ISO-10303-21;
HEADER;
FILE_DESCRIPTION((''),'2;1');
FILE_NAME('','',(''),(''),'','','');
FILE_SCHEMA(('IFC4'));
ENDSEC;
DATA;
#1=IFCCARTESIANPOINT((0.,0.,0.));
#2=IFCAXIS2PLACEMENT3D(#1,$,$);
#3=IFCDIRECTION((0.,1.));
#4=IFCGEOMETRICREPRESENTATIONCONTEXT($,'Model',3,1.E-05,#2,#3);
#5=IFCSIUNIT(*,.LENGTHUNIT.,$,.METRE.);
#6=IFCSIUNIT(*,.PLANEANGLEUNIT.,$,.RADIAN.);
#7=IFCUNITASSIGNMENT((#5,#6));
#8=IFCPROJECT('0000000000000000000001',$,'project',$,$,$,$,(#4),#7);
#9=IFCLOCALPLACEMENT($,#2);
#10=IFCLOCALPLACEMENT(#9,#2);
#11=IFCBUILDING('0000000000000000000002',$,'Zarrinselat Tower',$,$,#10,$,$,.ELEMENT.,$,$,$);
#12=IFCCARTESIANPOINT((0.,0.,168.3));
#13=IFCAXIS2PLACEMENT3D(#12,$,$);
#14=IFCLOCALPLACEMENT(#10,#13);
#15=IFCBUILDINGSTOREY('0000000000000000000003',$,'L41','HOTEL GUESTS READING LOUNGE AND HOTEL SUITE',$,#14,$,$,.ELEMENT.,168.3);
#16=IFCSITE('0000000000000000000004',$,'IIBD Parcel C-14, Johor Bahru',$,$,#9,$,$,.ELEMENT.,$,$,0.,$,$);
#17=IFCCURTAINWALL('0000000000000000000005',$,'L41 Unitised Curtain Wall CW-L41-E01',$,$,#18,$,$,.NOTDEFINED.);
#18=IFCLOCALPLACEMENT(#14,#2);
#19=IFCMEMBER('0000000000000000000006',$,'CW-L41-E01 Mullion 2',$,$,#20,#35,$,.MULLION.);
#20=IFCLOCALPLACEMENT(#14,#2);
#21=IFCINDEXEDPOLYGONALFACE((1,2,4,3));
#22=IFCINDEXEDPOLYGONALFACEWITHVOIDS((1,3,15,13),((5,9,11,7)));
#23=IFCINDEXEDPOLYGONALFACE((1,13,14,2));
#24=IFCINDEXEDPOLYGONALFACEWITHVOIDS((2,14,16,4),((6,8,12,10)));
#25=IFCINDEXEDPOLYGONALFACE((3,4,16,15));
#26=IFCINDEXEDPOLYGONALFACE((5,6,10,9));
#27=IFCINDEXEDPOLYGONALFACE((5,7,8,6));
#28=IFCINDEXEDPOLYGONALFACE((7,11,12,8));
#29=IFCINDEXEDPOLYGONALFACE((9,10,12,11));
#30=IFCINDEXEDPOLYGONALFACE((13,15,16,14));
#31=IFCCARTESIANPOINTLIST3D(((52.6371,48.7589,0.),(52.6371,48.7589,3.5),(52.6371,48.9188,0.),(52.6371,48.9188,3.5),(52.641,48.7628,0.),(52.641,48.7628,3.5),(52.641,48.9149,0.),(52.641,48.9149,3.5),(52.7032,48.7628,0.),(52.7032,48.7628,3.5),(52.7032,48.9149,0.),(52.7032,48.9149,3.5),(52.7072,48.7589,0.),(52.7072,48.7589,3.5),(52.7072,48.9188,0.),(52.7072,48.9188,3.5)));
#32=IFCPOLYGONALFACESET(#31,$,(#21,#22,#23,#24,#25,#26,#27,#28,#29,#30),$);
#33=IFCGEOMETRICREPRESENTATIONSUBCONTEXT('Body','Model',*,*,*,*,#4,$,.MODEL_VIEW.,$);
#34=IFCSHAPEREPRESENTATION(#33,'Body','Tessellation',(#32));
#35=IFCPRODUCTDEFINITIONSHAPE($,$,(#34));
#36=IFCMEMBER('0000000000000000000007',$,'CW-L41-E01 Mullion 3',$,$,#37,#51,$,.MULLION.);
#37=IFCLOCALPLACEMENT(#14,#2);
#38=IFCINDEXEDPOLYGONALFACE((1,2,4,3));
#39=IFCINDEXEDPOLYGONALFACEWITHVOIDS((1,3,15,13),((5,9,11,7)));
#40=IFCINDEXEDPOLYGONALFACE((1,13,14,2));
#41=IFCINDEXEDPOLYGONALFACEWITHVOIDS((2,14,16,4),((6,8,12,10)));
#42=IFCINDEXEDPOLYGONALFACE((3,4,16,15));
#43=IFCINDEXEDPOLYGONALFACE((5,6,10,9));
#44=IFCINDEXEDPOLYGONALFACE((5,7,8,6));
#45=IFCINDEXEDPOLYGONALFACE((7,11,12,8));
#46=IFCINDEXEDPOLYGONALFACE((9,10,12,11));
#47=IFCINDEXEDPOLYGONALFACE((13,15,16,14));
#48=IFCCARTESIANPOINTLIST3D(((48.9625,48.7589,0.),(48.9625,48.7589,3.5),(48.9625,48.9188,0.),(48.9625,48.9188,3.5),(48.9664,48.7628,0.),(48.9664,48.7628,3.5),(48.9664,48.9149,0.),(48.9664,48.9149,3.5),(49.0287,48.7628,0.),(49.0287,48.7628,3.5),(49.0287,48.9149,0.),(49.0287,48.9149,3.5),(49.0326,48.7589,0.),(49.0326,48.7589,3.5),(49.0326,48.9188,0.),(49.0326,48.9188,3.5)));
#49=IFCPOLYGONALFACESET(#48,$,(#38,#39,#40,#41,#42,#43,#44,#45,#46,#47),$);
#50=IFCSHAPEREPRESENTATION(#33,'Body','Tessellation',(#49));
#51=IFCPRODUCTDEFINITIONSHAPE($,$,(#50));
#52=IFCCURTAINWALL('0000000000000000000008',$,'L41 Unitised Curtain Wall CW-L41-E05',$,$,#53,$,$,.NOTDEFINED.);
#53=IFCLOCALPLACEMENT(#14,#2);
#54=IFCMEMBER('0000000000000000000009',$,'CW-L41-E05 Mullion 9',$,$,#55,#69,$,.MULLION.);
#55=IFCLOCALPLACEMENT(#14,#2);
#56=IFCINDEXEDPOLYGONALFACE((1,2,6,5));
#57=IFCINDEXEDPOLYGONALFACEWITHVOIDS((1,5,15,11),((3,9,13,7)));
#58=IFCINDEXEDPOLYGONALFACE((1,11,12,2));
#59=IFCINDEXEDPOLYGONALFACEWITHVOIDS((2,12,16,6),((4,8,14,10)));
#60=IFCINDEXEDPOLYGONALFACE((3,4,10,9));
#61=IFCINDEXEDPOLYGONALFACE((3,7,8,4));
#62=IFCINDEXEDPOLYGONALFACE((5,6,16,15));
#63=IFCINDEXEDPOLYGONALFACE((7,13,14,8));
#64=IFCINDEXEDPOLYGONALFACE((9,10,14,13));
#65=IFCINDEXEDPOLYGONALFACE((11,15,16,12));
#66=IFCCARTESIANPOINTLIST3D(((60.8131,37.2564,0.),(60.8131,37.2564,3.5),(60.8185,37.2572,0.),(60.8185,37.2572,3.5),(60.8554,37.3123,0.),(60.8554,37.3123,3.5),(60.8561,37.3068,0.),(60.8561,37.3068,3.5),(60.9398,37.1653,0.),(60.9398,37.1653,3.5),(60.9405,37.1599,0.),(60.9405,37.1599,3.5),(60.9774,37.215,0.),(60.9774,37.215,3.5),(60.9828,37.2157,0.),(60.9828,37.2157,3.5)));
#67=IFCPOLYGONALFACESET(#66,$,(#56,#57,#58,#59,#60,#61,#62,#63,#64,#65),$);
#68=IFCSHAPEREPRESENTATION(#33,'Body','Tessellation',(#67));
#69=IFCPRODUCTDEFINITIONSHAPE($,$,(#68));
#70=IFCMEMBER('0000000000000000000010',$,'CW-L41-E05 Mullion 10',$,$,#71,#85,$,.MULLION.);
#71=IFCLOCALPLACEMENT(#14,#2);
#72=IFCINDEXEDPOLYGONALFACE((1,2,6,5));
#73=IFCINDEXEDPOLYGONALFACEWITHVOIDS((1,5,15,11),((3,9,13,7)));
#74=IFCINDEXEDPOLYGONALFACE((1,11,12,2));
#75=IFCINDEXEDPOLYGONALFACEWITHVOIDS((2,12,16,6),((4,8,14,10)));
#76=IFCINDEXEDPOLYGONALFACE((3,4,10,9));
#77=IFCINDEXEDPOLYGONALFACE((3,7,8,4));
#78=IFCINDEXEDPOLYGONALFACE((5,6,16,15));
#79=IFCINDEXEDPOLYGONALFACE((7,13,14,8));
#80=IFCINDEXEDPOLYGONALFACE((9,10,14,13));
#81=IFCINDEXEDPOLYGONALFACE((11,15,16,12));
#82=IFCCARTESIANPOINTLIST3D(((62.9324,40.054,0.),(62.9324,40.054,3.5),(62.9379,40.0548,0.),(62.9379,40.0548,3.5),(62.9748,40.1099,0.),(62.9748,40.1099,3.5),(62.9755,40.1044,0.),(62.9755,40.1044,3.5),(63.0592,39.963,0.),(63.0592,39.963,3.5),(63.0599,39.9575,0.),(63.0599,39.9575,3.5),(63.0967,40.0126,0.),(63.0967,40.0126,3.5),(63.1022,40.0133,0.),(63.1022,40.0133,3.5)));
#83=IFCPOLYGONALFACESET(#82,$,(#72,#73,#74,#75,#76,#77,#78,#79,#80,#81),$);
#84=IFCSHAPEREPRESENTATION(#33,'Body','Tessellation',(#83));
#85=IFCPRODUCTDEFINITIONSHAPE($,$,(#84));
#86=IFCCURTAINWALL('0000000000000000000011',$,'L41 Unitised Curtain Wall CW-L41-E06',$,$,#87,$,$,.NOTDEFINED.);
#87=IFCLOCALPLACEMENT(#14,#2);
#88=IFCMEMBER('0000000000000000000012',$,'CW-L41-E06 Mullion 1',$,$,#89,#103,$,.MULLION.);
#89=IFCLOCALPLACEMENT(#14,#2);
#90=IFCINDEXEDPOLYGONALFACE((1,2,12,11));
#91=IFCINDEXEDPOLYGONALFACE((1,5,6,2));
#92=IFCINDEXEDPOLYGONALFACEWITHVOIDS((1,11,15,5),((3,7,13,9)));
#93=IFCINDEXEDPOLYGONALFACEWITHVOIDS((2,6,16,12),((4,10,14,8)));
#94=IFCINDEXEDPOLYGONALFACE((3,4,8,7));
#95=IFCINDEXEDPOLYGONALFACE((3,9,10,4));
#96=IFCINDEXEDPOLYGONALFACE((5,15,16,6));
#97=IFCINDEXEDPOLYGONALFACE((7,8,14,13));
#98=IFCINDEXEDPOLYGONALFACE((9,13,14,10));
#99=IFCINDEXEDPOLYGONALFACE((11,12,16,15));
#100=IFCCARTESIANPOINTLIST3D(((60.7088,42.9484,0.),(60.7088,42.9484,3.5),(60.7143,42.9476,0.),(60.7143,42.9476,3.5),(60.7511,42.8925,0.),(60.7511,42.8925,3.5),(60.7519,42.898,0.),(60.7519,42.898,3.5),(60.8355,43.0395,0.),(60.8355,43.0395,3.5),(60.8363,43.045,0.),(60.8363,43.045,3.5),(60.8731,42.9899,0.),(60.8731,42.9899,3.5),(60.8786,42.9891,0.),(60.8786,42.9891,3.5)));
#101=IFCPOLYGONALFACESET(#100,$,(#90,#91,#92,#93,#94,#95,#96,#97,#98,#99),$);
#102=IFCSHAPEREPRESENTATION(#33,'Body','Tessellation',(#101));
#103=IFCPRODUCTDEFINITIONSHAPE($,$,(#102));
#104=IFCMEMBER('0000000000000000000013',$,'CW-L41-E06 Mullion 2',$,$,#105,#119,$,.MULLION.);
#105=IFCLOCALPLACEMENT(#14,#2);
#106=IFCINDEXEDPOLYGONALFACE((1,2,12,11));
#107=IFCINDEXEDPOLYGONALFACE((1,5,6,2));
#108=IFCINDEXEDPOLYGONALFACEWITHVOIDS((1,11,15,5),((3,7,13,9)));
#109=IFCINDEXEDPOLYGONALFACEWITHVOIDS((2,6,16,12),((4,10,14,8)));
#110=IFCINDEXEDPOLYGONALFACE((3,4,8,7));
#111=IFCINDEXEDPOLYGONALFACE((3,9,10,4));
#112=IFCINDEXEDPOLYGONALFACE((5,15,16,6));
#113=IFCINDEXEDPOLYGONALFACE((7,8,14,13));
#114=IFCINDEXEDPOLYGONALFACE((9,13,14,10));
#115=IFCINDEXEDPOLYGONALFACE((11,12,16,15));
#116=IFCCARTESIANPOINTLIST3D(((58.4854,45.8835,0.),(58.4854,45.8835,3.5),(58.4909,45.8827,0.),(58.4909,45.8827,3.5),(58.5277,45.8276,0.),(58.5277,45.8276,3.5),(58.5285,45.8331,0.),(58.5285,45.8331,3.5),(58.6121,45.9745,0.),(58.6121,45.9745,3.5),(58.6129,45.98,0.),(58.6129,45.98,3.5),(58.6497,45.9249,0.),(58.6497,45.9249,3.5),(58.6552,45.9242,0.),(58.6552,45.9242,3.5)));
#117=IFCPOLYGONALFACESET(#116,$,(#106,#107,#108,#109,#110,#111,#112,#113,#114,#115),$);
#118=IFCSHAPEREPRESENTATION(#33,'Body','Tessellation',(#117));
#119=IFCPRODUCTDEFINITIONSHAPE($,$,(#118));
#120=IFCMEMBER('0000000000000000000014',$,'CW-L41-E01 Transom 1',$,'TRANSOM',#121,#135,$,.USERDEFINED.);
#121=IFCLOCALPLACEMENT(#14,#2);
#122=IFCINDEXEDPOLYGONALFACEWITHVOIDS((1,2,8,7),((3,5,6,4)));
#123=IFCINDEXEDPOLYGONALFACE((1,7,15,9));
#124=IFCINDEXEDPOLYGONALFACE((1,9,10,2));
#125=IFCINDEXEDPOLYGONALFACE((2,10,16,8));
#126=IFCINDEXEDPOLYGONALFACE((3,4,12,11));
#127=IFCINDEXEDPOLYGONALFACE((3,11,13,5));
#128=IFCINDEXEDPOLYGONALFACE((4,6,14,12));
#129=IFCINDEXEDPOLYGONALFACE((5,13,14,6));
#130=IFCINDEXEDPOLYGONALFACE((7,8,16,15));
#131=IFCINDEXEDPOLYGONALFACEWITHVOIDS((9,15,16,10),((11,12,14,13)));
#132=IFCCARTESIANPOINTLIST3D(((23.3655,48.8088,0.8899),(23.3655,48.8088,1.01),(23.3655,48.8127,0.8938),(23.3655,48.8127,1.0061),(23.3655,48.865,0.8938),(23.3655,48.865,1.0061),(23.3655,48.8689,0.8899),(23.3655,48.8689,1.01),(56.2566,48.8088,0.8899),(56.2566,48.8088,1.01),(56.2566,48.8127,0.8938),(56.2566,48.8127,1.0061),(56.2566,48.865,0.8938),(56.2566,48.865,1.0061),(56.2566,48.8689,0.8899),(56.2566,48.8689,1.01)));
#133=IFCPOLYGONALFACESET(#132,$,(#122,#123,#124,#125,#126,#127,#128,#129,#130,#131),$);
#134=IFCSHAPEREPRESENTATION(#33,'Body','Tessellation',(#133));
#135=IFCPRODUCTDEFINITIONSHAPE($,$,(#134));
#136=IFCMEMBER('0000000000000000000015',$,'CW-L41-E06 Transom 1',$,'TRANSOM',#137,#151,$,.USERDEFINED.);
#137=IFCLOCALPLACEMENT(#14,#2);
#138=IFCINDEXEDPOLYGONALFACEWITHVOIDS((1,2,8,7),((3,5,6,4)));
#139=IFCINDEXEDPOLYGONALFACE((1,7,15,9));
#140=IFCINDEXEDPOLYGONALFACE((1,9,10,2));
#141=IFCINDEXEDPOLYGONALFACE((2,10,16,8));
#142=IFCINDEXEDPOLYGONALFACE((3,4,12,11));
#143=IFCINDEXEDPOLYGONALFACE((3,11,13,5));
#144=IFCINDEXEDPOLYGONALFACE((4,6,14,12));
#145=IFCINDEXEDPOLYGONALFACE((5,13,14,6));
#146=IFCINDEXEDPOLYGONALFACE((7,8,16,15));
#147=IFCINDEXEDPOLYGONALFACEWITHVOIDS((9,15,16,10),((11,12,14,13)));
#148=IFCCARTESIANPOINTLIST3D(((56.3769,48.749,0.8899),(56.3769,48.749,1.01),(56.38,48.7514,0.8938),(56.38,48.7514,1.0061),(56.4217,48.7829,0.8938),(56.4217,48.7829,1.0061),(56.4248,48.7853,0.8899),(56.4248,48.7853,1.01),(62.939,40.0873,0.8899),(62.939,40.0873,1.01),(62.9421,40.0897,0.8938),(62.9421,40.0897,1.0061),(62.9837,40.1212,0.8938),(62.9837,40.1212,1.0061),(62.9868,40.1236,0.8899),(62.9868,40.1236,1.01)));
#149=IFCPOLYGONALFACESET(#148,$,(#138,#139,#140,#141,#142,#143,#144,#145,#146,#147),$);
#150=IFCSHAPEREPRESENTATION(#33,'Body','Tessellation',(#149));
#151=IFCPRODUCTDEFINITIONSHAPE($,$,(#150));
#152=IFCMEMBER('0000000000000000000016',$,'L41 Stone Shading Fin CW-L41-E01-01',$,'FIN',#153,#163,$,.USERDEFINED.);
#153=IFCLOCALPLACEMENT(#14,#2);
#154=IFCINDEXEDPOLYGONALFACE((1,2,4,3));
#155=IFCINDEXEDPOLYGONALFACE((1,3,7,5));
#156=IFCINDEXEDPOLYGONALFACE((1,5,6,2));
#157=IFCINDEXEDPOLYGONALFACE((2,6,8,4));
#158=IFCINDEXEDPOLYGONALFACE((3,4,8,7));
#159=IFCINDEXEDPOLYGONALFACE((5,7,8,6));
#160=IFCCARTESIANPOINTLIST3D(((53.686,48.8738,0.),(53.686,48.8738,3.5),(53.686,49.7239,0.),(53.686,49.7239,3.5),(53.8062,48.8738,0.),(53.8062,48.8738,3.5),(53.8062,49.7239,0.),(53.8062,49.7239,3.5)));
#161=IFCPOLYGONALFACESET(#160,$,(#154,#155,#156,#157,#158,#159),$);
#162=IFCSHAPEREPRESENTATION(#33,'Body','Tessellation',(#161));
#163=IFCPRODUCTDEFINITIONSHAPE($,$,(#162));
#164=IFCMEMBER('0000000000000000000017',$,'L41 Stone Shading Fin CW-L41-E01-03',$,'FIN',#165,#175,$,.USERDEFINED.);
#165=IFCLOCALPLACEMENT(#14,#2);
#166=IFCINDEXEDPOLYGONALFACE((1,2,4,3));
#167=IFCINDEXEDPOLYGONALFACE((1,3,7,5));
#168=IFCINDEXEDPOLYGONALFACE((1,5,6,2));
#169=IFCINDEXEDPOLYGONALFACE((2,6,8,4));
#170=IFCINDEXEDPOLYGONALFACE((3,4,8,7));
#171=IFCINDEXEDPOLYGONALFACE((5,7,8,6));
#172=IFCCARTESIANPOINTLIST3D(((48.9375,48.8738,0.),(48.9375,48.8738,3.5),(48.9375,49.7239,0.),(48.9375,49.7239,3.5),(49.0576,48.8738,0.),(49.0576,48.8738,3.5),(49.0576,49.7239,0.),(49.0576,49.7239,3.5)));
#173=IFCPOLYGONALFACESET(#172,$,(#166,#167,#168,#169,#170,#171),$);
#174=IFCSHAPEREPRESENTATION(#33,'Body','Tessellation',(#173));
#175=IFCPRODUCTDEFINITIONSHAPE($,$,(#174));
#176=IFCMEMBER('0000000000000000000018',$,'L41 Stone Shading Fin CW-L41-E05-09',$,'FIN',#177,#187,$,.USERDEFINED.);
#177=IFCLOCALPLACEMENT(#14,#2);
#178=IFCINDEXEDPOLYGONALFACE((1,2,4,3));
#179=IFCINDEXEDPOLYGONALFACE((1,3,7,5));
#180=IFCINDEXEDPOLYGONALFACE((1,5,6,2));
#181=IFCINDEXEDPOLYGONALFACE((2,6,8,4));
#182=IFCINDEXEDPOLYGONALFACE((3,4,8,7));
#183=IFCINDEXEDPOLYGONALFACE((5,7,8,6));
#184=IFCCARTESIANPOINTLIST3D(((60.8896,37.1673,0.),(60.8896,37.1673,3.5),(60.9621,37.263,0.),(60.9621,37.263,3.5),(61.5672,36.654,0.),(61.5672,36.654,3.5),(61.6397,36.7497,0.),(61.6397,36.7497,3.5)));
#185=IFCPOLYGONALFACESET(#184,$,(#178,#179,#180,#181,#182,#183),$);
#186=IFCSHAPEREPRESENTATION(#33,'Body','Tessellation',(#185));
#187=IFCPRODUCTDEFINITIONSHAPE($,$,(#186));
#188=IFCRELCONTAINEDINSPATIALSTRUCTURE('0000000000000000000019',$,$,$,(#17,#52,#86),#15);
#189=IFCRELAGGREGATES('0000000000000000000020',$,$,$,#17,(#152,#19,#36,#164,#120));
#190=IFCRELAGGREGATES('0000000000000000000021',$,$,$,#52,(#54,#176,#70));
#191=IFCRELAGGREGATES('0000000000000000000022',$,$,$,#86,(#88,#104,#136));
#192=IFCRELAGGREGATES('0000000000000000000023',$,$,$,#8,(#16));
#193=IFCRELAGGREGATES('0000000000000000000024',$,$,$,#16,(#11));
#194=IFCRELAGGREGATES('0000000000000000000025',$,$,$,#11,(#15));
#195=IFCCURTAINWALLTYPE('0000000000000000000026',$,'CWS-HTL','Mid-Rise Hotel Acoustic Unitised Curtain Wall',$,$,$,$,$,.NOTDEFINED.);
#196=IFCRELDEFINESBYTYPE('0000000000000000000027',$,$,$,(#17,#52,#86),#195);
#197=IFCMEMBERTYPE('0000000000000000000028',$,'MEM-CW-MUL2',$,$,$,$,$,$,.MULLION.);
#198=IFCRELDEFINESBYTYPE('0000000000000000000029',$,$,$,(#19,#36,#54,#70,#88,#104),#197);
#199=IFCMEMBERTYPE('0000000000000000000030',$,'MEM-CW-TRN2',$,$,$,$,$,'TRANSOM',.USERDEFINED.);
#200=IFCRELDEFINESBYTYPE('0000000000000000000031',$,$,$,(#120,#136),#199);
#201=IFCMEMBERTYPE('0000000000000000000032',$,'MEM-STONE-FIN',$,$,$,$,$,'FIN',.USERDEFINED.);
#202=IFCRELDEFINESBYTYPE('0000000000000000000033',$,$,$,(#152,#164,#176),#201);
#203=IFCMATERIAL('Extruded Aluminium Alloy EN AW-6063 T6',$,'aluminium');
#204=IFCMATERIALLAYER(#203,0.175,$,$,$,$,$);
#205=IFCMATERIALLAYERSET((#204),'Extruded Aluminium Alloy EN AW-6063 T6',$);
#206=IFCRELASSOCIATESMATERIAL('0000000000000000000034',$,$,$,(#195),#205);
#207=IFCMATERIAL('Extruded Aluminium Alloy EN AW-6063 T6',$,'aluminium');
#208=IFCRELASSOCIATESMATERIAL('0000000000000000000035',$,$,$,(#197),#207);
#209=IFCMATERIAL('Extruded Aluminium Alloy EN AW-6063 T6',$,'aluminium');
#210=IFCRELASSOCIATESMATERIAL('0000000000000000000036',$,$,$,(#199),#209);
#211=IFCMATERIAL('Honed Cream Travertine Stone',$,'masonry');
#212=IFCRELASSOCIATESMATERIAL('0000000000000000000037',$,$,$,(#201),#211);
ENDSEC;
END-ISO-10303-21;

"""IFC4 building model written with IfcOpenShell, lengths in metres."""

from ifc_helpers import new_model, si_unit, direction, frame, origin, origin_2d, place, context, subcontext, project, spatial, rectangle, hollow_rectangle, extrude, material, layer, layer_set, material_profile, profile_set, type_object, element, aggregate, save


model = new_model("IFC4")

# Units and contexts
model_context = context("Model", 3, precision=1e-05, world=origin(), true_north=direction((0.0, 1.0)))
body_context = subcontext(model_context, "Body", "Model", "MODEL_VIEW")
ifc_project = project(units=[si_unit("LENGTHUNIT", "METRE"), si_unit("PLANEANGLEUNIT", "RADIAN")], contexts=[model_context])

# Site, building, storey
site_placement = place(None, origin())
site = spatial("IfcSite", under=ifc_project, at=site_placement, Name="IIBD Parcel C-14, Johor Bahru", CompositionType="ELEMENT", RefElevation=0.0)
building_placement = place(site_placement, origin())
building = spatial("IfcBuilding", under=site, at=building_placement, Name="Zarrinselat Tower", CompositionType="ELEMENT")
storey_placement = place(building_placement, frame((0.0, 0.0, 168.3)))
storey = spatial("IfcBuildingStorey", under=building, at=storey_placement, Name="L41", Description="HOTEL GUESTS READING LOUNGE AND HOTEL SUITE", CompositionType="ELEMENT", Elevation=168.3)

# Curtain walls, members
ifc_material_1 = material(Name="Extruded Aluminium Alloy EN AW-6063 T6", Category="aluminium")
ifc_layer_1 = layer(ifc_material_1, 0.175)
ifc_layer_set_1 = layer_set([ifc_layer_1], Name="Extruded Aluminium Alloy EN AW-6063 T6")
curtain_wall_type = type_object("IfcCurtainWallType", Name="CWS-HTL", Description="Mid-Rise Hotel Acoustic Unitised Curtain Wall", PredefinedType="NOTDEFINED", material=ifc_layer_set_1)
curtain_wall_1_placement = place(storey_placement, origin())
curtain_wall_1 = element("IfcCurtainWall", 1, at=curtain_wall_1_placement, inside=storey, type_object=curtain_wall_type, Name="L41 Unitised Curtain Wall CW-L41-E01", PredefinedType="NOTDEFINED")
ifc_material_2 = material(Name="Extruded Aluminium Alloy EN AW-6063 T6", Category="aluminium")
ifc_material_profile_1 = material_profile(ifc_material_2, hollow_rectangle(XDim=0.0701, YDim=0.1599, WallThickness=0.0039, at=origin_2d()), Name="RHS 160x70x4")
ifc_profile_set_1 = profile_set([ifc_material_profile_1], Name="Extruded Aluminium Alloy EN AW-6063 T6")
member_type_1 = type_object("IfcMemberType", Name="MEM-CW-MUL2", PredefinedType="MULLION", material=ifc_profile_set_1)
member_1_placement = place(storey_placement, frame((52.6721, 48.8389, 0.0), z_axis=(0.0, 0.0, 1.0), x_axis=(-1.0, 0.0, 0.0)))
member_1 = element("IfcMember", 2, at=member_1_placement, type_object=member_type_1, Name="CW-L41-E01 Mullion 2", PredefinedType="MULLION", context=body_context, shape_type="SweptSolid", body=[
    extrude(hollow_rectangle(XDim=0.0701, YDim=0.1599, WallThickness=0.0039, at=origin_2d()), origin(), (0.0, 0.0, 1.0), 3.5),
])
member_2_placement = place(storey_placement, frame((48.9976, 48.8389, 0.0), z_axis=(0.0, 0.0, 1.0), x_axis=(-1.0, 0.0, 0.0)))
member_2 = element("IfcMember", 3, at=member_2_placement, type_object=member_type_1, Name="CW-L41-E01 Mullion 3", PredefinedType="MULLION", context=body_context, shape_type="SweptSolid", body=[
    extrude(hollow_rectangle(XDim=0.0701, YDim=0.1599, WallThickness=0.0039, at=origin_2d()), origin(), (0.0, 0.0, 1.0), 3.5),
])
curtain_wall_2_placement = place(storey_placement, origin())
curtain_wall_2 = element("IfcCurtainWall", 4, at=curtain_wall_2_placement, inside=storey, type_object=curtain_wall_type, Name="L41 Unitised Curtain Wall CW-L41-E05", PredefinedType="NOTDEFINED")
member_3_placement = place(storey_placement, frame((60.8979, 37.2361, 0.0), z_axis=(0.0, 0.0, 1.0), x_axis=(0.603859, 0.797091, 0.0)))
member_3 = element("IfcMember", 5, at=member_3_placement, type_object=member_type_1, Name="CW-L41-E05 Mullion 9", PredefinedType="MULLION", context=body_context, shape_type="SweptSolid", body=[
    extrude(hollow_rectangle(XDim=0.0701, YDim=0.1599, WallThickness=0.0039, at=origin_2d()), origin(), (0.0, 0.0, 1.0), 3.5),
])
member_4_placement = place(storey_placement, frame((63.0173, 40.0337, 0.0), z_axis=(0.0, 0.0, 1.0), x_axis=(0.603859, 0.797091, 0.0)))
member_4 = element("IfcMember", 6, at=member_4_placement, type_object=member_type_1, Name="CW-L41-E05 Mullion 10", PredefinedType="MULLION", context=body_context, shape_type="SweptSolid", body=[
    extrude(hollow_rectangle(XDim=0.0701, YDim=0.1599, WallThickness=0.0039, at=origin_2d()), origin(), (0.0, 0.0, 1.0), 3.5),
])
curtain_wall_3_placement = place(storey_placement, origin())
curtain_wall_3 = element("IfcCurtainWall", 7, at=curtain_wall_3_placement, inside=storey, type_object=curtain_wall_type, Name="L41 Unitised Curtain Wall CW-L41-E06", PredefinedType="NOTDEFINED")
member_5_placement = place(storey_placement, frame((60.7937, 42.9688, 0.0), z_axis=(0.0, 0.0, 1.0), x_axis=(-0.603857, 0.797092, 0.0)))
member_5 = element("IfcMember", 8, at=member_5_placement, type_object=member_type_1, Name="CW-L41-E06 Mullion 1", PredefinedType="MULLION", context=body_context, shape_type="SweptSolid", body=[
    extrude(hollow_rectangle(XDim=0.0701, YDim=0.1599, WallThickness=0.0039, at=origin_2d()), origin(), (0.0, 0.0, 1.0), 3.5),
])
member_6_placement = place(storey_placement, frame((58.5703, 45.9038, 0.0), z_axis=(0.0, 0.0, 1.0), x_axis=(-0.603857, 0.797092, 0.0)))
member_6 = element("IfcMember", 9, at=member_6_placement, type_object=member_type_1, Name="CW-L41-E06 Mullion 2", PredefinedType="MULLION", context=body_context, shape_type="SweptSolid", body=[
    extrude(hollow_rectangle(XDim=0.0701, YDim=0.1599, WallThickness=0.0039, at=origin_2d()), origin(), (0.0, 0.0, 1.0), 3.5),
])

# Members
ifc_material_3 = material(Name="Extruded Aluminium Alloy EN AW-6063 T6", Category="aluminium")
ifc_material_profile_2 = material_profile(ifc_material_3, hollow_rectangle(XDim=0.0601, YDim=0.1201, WallThickness=0.0039, at=origin_2d()), Name="RHS 120x60x4")
ifc_profile_set_2 = profile_set([ifc_material_profile_2], Name="Extruded Aluminium Alloy EN AW-6063 T6")
member_type_2 = type_object("IfcMemberType", Name="MEM-CW-TRN2", ElementType="TRANSOM", PredefinedType="USERDEFINED", material=ifc_profile_set_2)
member_7_placement = place(storey_placement, frame((56.2566, 48.8389, 0.95), z_axis=(-1.0, 0.0, 0.0), x_axis=(0.0, -1.0, 0.0)))
member_7 = element("IfcMember", 10, at=member_7_placement, type_object=member_type_2, Name="CW-L41-E01 Transom 1", ObjectType="TRANSOM", PredefinedType="USERDEFINED", context=body_context, shape_type="SweptSolid", body=[
    extrude(hollow_rectangle(XDim=0.0601, YDim=0.1201, WallThickness=0.0039, at=origin_2d()), origin(), (0.0, 0.0, 1.0), 32.8911),
])
member_8_placement = place(storey_placement, frame((62.9629, 40.1055, 0.95), z_axis=(-0.603868, 0.797084, 0.0), x_axis=(-0.797084, -0.603868, 0.0)))
member_8 = element("IfcMember", 11, at=member_8_placement, type_object=member_type_2, Name="CW-L41-E06 Transom 1", ObjectType="TRANSOM", PredefinedType="USERDEFINED", context=body_context, shape_type="SweptSolid", body=[
    extrude(hollow_rectangle(XDim=0.0601, YDim=0.1201, WallThickness=0.0039, at=origin_2d()), origin(), (0.0, 0.0, 1.0), 10.8667),
])
ifc_material_4 = material(Name="Honed Cream Travertine Stone", Category="masonry")
ifc_material_profile_3 = material_profile(ifc_material_4, rectangle(XDim=0.1201, YDim=0.8501, at=origin_2d()), Name="FIN 850x120")
ifc_profile_set_3 = profile_set([ifc_material_profile_3], Name="Honed Cream Travertine Stone")
member_type_3 = type_object("IfcMemberType", Name="MEM-STONE-FIN", ElementType="FIN", PredefinedType="USERDEFINED", material=ifc_profile_set_3)
member_9_placement = place(storey_placement, frame((53.7461, 49.2988, 0.0), z_axis=(0.0, 0.0, 1.0), x_axis=(1.0, 0.0, 0.0)))
member_9 = element("IfcMember", 12, at=member_9_placement, type_object=member_type_3, Name="L41 Stone Shading Fin CW-L41-E01-01", ObjectType="FIN", PredefinedType="USERDEFINED", context=body_context, shape_type="SweptSolid", body=[
    extrude(rectangle(XDim=0.1201, YDim=0.8501, at=origin_2d()), origin(), (0.0, 0.0, 1.0), 3.5),
])
member_10_placement = place(storey_placement, frame((48.9976, 49.2988, 0.0), z_axis=(0.0, 0.0, 1.0), x_axis=(1.0, 0.0, 0.0)))
member_10 = element("IfcMember", 13, at=member_10_placement, type_object=member_type_3, Name="L41 Stone Shading Fin CW-L41-E01-03", ObjectType="FIN", PredefinedType="USERDEFINED", context=body_context, shape_type="SweptSolid", body=[
    extrude(rectangle(XDim=0.1201, YDim=0.8501, at=origin_2d()), origin(), (0.0, 0.0, 1.0), 3.5),
])
member_11_placement = place(storey_placement, frame((61.2646, 36.9585, 0.0), z_axis=(0.0, 0.0, 1.0), x_axis=(-0.603859, -0.797091, 0.0)))
member_11 = element("IfcMember", 14, at=member_11_placement, type_object=member_type_3, Name="L41 Stone Shading Fin CW-L41-E05-09", ObjectType="FIN", PredefinedType="USERDEFINED", context=body_context, shape_type="SweptSolid", body=[
    extrude(rectangle(XDim=0.1201, YDim=0.8501, at=origin_2d()), origin(), (0.0, 0.0, 1.0), 3.5),
])

aggregate(curtain_wall_1, [member_9, member_1, member_2, member_10, member_7])
aggregate(curtain_wall_2, [member_3, member_11, member_4])
aggregate(curtain_wall_3, [member_5, member_6, member_8])

save(model, "model.ifc")
